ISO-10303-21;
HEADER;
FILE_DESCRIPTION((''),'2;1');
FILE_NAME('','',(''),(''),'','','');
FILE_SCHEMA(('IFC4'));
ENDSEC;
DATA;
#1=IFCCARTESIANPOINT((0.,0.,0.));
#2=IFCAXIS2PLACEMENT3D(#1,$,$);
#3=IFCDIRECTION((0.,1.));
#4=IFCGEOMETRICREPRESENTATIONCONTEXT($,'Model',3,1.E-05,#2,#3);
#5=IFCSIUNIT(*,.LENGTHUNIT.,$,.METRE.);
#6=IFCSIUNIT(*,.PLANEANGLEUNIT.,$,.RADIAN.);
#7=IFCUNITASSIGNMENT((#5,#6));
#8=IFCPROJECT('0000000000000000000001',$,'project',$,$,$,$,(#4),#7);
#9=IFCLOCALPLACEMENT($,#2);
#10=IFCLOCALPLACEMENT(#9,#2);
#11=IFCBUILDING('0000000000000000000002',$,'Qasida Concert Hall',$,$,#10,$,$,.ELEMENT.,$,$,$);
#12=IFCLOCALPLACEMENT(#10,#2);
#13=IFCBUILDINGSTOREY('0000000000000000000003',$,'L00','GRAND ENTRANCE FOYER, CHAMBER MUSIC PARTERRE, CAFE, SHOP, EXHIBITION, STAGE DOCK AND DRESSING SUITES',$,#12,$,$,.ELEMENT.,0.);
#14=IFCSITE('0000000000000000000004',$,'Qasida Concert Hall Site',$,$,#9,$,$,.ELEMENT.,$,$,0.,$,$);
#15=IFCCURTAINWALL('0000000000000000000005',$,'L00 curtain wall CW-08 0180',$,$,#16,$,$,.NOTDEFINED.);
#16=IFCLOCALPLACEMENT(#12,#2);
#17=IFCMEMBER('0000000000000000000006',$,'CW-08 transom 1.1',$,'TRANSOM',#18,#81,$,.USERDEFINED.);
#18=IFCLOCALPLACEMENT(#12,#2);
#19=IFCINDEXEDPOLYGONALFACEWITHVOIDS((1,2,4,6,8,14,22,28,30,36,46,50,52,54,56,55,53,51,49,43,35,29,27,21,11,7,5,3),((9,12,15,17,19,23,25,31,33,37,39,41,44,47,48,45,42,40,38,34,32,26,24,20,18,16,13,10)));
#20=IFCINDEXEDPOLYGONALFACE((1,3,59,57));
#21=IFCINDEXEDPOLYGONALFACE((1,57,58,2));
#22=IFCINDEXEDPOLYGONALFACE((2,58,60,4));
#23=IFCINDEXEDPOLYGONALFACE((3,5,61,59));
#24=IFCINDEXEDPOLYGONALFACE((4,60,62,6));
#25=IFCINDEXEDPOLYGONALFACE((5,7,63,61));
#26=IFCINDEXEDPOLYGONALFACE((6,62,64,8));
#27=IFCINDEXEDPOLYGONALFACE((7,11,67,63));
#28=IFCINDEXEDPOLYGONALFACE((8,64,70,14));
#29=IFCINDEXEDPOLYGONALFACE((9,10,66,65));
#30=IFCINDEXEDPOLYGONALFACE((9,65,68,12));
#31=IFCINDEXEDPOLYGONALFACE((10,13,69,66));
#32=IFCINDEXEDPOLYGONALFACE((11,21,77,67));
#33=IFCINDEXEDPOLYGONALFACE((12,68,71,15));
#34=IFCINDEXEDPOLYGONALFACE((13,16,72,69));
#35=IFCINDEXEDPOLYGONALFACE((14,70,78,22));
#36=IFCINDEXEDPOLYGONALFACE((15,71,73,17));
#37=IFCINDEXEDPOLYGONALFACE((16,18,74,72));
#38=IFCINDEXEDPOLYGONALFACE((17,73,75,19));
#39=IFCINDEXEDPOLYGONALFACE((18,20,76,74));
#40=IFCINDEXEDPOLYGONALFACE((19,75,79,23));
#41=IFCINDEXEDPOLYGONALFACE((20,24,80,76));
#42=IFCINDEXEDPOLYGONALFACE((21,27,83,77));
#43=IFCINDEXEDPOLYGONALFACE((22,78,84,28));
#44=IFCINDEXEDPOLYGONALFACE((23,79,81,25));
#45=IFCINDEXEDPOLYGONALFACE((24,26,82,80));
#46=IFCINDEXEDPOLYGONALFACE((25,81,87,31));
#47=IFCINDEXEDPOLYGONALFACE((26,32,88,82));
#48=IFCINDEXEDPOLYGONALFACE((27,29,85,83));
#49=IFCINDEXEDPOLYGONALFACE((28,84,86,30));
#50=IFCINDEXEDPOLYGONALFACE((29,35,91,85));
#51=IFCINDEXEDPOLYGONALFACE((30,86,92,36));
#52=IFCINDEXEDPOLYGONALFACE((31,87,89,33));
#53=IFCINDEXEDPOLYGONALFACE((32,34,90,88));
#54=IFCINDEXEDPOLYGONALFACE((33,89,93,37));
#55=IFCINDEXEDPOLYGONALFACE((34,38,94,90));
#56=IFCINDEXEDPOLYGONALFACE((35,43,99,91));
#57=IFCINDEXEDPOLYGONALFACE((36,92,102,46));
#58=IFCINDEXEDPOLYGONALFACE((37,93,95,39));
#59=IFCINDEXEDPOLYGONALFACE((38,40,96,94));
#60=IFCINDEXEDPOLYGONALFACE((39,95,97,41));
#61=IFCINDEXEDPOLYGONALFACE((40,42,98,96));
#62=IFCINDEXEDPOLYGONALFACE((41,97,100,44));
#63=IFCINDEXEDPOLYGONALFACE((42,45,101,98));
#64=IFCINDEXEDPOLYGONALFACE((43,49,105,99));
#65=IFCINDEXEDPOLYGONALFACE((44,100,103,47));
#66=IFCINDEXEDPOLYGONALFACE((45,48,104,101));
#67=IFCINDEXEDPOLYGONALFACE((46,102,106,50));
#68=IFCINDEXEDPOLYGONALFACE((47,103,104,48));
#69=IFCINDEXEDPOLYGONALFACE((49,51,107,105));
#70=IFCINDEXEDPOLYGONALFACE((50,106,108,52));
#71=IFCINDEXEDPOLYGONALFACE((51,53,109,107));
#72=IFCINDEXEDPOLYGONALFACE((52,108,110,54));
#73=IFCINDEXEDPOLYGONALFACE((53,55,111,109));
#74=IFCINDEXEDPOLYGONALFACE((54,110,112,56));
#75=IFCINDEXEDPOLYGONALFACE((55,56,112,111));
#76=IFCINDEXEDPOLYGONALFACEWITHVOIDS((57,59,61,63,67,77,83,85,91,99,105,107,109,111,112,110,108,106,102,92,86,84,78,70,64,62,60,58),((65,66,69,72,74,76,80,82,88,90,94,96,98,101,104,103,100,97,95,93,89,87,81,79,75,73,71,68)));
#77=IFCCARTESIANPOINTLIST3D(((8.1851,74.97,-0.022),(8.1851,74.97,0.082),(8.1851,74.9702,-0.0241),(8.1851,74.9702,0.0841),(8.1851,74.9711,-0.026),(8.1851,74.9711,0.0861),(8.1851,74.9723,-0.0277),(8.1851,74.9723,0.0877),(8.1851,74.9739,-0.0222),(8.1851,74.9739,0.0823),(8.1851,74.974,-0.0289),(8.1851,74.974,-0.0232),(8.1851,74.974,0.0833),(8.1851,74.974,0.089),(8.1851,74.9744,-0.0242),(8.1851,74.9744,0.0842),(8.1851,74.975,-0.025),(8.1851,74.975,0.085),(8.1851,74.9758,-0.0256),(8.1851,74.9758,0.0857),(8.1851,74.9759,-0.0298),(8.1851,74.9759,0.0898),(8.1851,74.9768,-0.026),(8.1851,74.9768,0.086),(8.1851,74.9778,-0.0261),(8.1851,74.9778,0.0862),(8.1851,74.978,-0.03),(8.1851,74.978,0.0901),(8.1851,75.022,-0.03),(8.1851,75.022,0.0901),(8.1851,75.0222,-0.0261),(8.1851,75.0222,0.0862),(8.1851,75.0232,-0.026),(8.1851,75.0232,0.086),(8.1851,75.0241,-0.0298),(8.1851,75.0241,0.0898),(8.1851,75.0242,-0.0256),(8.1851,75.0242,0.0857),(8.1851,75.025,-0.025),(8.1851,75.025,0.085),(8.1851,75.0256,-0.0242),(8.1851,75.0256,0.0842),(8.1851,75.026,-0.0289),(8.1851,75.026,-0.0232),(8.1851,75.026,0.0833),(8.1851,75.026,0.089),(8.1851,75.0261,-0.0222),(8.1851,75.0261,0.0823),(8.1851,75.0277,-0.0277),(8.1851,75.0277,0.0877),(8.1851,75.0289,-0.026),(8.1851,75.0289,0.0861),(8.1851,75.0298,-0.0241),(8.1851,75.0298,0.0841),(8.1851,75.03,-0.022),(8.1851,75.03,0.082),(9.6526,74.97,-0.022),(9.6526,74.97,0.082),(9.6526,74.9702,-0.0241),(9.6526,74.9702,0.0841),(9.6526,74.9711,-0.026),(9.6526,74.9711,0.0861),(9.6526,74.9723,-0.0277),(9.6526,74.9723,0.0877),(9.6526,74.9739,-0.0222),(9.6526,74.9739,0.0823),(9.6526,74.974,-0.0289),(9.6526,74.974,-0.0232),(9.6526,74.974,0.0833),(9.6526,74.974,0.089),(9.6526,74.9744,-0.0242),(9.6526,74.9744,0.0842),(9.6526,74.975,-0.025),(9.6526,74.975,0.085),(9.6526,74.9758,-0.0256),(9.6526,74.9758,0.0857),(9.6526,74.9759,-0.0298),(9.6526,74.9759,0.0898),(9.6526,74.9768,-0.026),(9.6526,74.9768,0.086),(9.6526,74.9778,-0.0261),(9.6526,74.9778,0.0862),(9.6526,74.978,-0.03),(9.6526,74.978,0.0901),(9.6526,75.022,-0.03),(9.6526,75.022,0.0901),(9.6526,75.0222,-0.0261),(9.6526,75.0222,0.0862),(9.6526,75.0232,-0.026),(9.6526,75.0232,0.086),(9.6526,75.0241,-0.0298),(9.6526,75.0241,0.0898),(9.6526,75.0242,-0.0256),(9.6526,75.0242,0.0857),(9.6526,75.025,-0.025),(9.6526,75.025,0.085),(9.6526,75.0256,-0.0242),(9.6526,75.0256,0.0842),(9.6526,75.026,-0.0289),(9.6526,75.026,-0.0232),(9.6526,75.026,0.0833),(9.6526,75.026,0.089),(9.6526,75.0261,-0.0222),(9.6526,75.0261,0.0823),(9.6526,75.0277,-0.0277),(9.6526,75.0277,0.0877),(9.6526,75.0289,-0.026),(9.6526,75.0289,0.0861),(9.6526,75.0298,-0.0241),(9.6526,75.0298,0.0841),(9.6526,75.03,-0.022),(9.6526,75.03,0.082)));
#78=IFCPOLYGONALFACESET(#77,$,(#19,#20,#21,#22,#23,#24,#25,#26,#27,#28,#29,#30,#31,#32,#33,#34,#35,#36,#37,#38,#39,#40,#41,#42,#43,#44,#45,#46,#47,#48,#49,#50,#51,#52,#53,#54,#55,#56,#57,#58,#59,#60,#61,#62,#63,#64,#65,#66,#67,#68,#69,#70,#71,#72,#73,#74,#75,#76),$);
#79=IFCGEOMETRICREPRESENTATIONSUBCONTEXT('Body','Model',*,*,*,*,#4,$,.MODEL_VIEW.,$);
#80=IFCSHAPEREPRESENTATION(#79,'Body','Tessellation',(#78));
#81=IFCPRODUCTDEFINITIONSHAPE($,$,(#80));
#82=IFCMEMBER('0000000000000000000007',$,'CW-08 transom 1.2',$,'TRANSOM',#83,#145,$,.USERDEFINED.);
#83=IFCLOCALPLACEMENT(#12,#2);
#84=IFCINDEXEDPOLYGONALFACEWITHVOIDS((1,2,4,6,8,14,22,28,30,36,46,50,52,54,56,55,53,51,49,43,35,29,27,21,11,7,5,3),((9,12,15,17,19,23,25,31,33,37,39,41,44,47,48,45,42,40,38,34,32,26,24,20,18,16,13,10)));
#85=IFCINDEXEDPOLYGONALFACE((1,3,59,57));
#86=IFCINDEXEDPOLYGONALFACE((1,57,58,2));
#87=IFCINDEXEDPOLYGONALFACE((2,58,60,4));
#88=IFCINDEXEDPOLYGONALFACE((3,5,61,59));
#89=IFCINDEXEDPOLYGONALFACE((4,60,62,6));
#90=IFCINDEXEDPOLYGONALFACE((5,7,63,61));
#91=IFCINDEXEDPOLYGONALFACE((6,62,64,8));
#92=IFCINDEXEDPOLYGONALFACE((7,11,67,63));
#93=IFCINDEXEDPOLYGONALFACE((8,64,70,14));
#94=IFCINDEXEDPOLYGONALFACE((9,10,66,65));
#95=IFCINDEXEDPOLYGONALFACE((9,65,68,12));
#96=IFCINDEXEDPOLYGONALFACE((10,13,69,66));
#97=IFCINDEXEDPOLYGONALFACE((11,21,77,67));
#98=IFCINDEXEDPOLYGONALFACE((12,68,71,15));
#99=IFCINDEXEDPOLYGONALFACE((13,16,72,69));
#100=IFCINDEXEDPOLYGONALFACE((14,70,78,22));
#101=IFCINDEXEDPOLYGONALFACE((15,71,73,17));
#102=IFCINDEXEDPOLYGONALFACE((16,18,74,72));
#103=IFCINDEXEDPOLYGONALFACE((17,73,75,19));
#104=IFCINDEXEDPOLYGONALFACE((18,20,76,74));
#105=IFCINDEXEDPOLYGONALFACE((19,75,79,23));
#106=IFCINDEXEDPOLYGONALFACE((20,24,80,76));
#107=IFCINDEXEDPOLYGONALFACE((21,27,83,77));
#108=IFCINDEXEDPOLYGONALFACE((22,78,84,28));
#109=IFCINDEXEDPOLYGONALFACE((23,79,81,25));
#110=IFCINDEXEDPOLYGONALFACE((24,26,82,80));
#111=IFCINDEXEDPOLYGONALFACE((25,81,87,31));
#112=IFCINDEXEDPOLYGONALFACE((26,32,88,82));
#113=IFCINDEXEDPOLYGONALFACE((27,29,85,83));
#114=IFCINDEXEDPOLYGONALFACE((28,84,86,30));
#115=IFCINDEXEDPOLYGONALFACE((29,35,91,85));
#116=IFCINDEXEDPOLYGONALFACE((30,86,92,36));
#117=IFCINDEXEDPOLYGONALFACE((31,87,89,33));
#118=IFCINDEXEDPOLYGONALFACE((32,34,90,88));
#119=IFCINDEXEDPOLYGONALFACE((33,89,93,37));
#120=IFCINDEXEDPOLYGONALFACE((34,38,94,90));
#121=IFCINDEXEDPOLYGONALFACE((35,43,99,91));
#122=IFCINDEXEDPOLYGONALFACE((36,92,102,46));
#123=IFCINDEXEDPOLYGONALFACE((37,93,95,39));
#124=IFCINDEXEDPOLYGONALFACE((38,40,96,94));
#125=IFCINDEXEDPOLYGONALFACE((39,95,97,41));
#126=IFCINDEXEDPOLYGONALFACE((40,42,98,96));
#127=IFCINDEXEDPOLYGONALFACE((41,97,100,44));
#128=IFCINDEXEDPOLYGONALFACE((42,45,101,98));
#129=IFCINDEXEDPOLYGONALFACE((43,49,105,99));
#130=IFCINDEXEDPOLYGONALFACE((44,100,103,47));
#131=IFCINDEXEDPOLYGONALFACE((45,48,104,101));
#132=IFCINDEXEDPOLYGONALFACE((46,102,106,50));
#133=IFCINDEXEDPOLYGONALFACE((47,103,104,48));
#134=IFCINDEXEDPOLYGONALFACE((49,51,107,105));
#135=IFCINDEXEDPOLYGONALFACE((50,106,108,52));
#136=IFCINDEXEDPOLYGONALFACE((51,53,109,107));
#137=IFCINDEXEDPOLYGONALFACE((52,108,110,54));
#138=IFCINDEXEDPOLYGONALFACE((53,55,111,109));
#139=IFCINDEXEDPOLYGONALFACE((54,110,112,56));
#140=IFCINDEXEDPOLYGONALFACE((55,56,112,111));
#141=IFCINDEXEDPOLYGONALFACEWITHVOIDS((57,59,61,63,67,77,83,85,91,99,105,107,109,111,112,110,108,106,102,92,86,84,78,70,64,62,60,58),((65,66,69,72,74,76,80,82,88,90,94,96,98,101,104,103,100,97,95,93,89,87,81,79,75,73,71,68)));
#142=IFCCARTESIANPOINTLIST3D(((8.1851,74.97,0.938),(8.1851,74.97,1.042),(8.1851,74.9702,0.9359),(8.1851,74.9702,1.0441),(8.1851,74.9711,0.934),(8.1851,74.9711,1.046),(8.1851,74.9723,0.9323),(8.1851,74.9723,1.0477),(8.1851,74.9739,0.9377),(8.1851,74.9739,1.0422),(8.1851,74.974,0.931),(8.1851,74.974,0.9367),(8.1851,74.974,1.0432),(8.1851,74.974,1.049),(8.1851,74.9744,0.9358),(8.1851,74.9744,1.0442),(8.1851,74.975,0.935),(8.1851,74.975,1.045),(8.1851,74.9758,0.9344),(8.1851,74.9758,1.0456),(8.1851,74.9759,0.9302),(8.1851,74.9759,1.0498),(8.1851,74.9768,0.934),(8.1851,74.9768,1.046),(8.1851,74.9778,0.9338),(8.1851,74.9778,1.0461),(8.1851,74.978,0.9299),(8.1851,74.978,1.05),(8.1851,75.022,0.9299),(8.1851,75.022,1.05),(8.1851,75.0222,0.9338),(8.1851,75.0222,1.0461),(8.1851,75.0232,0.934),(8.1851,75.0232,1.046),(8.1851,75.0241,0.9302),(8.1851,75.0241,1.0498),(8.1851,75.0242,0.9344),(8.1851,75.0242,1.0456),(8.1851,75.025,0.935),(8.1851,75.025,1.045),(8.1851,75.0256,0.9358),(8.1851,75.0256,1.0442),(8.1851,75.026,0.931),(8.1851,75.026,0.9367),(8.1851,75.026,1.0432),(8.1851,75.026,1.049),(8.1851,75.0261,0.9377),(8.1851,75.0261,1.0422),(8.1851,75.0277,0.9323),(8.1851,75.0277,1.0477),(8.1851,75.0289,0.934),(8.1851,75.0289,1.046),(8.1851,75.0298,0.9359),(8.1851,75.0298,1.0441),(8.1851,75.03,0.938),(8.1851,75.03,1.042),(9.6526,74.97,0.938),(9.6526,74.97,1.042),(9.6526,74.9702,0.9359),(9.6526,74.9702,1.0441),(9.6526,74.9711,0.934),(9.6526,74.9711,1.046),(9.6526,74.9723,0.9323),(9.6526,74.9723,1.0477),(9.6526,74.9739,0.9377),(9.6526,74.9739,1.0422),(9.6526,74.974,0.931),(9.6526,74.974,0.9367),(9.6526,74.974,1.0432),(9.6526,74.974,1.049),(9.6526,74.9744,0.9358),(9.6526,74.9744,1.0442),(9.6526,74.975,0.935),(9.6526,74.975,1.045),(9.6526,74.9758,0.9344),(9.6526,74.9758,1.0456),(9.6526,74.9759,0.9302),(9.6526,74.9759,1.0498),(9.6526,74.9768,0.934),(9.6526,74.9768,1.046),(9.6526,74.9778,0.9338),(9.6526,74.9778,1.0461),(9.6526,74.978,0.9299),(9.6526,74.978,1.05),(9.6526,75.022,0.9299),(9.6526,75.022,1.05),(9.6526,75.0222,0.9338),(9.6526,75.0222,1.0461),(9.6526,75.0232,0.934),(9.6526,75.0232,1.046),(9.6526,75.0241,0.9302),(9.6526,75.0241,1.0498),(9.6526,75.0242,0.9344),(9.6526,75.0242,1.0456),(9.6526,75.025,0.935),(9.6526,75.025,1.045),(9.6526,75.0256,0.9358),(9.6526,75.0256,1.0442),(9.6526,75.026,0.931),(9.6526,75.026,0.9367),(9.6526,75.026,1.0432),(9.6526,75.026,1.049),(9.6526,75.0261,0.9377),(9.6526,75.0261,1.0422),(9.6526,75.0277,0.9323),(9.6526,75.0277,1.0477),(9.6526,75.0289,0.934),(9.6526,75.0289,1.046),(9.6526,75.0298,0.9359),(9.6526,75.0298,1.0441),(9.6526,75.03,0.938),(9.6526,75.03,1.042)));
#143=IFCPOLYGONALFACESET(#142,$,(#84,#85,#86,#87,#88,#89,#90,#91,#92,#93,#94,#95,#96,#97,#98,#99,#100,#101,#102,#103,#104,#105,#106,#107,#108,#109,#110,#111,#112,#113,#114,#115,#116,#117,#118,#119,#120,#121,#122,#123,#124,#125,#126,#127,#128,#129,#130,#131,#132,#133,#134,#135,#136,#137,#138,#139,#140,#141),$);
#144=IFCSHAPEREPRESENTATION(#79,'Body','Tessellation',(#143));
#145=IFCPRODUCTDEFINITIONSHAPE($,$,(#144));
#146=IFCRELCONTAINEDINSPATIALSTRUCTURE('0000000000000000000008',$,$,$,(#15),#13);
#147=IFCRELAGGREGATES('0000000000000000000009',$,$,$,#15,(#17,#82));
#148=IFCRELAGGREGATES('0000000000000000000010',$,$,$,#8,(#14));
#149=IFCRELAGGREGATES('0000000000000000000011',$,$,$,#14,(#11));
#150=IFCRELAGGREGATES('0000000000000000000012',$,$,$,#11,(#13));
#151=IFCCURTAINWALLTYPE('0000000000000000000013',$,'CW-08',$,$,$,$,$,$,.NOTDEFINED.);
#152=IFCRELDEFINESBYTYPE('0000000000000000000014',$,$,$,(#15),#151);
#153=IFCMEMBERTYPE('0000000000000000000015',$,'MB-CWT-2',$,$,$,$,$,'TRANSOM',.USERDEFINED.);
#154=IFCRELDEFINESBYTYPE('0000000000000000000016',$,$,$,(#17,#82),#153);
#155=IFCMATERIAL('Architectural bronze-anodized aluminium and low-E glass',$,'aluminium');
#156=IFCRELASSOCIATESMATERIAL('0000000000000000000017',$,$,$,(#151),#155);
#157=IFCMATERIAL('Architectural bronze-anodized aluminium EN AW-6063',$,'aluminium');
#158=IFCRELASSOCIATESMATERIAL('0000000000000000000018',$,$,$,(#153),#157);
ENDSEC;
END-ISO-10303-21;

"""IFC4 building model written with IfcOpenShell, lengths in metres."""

from ifc_helpers import new_model, si_unit, direction, frame, origin, origin_2d, place, context, subcontext, project, spatial, hollow_rectangle, extrude, material, material_profile, profile_set, type_object, element, aggregate, save


model = new_model("IFC4")

# Units and contexts
model_context = context("Model", 3, precision=1e-05, world=origin(), true_north=direction((0.0, 1.0)))
body_context = subcontext(model_context, "Body", "Model", "MODEL_VIEW")
ifc_project = project(units=[si_unit("LENGTHUNIT", "METRE"), si_unit("PLANEANGLEUNIT", "RADIAN")], contexts=[model_context])

# Site, building, storey
site_placement = place(None, origin())
site = spatial("IfcSite", under=ifc_project, at=site_placement, Name="Qasida Concert Hall Site", CompositionType="ELEMENT", RefElevation=0.0)
building_placement = place(site_placement, origin())
building = spatial("IfcBuilding", under=site, at=building_placement, Name="Qasida Concert Hall", CompositionType="ELEMENT")
storey_placement = place(building_placement, origin())
storey = spatial("IfcBuildingStorey", under=building, at=storey_placement, Name="L00", Description="GRAND ENTRANCE FOYER, CHAMBER MUSIC PARTERRE, CAFE, SHOP, EXHIBITION, STAGE DOCK AND DRESSING SUITES", CompositionType="ELEMENT", Elevation=0.0)

# Curtain wall, members
ifc_material_1 = material(Name="Architectural bronze-anodized aluminium and low-E glass", Category="aluminium")
curtain_wall_type = type_object("IfcCurtainWallType", Name="CW-08", PredefinedType="NOTDEFINED", material=ifc_material_1)
curtain_wall_placement = place(storey_placement, origin())
curtain_wall = element("IfcCurtainWall", 1, at=curtain_wall_placement, inside=storey, type_object=curtain_wall_type, Name="L00 curtain wall CW-08 0180", PredefinedType="NOTDEFINED")
ifc_material_2 = material(Name="Architectural bronze-anodized aluminium EN AW-6063", Category="aluminium")
ifc_material_profile_1 = material_profile(ifc_material_2, hollow_rectangle(XDim=0.0601, YDim=0.1201, WallThickness=0.0039, InnerFilletRadius=0.0039, OuterFilletRadius=0.0081, at=origin_2d()), Name="CWT 120x60x4")
ifc_profile_set_1 = profile_set([ifc_material_profile_1], Name="Architectural bronze-anodized aluminium EN AW-6063")
member_type_1 = type_object("IfcMemberType", Name="MB-CWT-2", ElementType="TRANSOM", PredefinedType="USERDEFINED", material=ifc_profile_set_1)
member_1_placement = place(storey_placement, frame((8.1851, 75.0, 0.03), z_axis=(1.0, 0.0, 0.0), x_axis=(0.0, 1.0, 0.0)))
member_1 = element("IfcMember", 2, at=member_1_placement, type_object=member_type_1, Name="CW-08 transom 1.1", ObjectType="TRANSOM", PredefinedType="USERDEFINED", context=body_context, shape_type="SweptSolid", body=[
    extrude(hollow_rectangle(XDim=0.0601, YDim=0.1201, WallThickness=0.0039, InnerFilletRadius=0.0039, OuterFilletRadius=0.0081, at=origin_2d()), origin(), (0.0, 0.0, 1.0), 1.4675),
])
member_2_placement = place(storey_placement, frame((8.1851, 75.0, 0.99), z_axis=(1.0, 0.0, 0.0), x_axis=(0.0, 1.0, 0.0)))
member_2 = element("IfcMember", 3, at=member_2_placement, type_object=member_type_1, Name="CW-08 transom 1.2", ObjectType="TRANSOM", PredefinedType="USERDEFINED", context=body_context, shape_type="SweptSolid", body=[
    extrude(hollow_rectangle(XDim=0.0601, YDim=0.1201, WallThickness=0.0039, InnerFilletRadius=0.0039, OuterFilletRadius=0.0081, at=origin_2d()), origin(), (0.0, 0.0, 1.0), 1.4675),
])
aggregate(curtain_wall, [member_1, member_2])

save(model, "model.ifc")
